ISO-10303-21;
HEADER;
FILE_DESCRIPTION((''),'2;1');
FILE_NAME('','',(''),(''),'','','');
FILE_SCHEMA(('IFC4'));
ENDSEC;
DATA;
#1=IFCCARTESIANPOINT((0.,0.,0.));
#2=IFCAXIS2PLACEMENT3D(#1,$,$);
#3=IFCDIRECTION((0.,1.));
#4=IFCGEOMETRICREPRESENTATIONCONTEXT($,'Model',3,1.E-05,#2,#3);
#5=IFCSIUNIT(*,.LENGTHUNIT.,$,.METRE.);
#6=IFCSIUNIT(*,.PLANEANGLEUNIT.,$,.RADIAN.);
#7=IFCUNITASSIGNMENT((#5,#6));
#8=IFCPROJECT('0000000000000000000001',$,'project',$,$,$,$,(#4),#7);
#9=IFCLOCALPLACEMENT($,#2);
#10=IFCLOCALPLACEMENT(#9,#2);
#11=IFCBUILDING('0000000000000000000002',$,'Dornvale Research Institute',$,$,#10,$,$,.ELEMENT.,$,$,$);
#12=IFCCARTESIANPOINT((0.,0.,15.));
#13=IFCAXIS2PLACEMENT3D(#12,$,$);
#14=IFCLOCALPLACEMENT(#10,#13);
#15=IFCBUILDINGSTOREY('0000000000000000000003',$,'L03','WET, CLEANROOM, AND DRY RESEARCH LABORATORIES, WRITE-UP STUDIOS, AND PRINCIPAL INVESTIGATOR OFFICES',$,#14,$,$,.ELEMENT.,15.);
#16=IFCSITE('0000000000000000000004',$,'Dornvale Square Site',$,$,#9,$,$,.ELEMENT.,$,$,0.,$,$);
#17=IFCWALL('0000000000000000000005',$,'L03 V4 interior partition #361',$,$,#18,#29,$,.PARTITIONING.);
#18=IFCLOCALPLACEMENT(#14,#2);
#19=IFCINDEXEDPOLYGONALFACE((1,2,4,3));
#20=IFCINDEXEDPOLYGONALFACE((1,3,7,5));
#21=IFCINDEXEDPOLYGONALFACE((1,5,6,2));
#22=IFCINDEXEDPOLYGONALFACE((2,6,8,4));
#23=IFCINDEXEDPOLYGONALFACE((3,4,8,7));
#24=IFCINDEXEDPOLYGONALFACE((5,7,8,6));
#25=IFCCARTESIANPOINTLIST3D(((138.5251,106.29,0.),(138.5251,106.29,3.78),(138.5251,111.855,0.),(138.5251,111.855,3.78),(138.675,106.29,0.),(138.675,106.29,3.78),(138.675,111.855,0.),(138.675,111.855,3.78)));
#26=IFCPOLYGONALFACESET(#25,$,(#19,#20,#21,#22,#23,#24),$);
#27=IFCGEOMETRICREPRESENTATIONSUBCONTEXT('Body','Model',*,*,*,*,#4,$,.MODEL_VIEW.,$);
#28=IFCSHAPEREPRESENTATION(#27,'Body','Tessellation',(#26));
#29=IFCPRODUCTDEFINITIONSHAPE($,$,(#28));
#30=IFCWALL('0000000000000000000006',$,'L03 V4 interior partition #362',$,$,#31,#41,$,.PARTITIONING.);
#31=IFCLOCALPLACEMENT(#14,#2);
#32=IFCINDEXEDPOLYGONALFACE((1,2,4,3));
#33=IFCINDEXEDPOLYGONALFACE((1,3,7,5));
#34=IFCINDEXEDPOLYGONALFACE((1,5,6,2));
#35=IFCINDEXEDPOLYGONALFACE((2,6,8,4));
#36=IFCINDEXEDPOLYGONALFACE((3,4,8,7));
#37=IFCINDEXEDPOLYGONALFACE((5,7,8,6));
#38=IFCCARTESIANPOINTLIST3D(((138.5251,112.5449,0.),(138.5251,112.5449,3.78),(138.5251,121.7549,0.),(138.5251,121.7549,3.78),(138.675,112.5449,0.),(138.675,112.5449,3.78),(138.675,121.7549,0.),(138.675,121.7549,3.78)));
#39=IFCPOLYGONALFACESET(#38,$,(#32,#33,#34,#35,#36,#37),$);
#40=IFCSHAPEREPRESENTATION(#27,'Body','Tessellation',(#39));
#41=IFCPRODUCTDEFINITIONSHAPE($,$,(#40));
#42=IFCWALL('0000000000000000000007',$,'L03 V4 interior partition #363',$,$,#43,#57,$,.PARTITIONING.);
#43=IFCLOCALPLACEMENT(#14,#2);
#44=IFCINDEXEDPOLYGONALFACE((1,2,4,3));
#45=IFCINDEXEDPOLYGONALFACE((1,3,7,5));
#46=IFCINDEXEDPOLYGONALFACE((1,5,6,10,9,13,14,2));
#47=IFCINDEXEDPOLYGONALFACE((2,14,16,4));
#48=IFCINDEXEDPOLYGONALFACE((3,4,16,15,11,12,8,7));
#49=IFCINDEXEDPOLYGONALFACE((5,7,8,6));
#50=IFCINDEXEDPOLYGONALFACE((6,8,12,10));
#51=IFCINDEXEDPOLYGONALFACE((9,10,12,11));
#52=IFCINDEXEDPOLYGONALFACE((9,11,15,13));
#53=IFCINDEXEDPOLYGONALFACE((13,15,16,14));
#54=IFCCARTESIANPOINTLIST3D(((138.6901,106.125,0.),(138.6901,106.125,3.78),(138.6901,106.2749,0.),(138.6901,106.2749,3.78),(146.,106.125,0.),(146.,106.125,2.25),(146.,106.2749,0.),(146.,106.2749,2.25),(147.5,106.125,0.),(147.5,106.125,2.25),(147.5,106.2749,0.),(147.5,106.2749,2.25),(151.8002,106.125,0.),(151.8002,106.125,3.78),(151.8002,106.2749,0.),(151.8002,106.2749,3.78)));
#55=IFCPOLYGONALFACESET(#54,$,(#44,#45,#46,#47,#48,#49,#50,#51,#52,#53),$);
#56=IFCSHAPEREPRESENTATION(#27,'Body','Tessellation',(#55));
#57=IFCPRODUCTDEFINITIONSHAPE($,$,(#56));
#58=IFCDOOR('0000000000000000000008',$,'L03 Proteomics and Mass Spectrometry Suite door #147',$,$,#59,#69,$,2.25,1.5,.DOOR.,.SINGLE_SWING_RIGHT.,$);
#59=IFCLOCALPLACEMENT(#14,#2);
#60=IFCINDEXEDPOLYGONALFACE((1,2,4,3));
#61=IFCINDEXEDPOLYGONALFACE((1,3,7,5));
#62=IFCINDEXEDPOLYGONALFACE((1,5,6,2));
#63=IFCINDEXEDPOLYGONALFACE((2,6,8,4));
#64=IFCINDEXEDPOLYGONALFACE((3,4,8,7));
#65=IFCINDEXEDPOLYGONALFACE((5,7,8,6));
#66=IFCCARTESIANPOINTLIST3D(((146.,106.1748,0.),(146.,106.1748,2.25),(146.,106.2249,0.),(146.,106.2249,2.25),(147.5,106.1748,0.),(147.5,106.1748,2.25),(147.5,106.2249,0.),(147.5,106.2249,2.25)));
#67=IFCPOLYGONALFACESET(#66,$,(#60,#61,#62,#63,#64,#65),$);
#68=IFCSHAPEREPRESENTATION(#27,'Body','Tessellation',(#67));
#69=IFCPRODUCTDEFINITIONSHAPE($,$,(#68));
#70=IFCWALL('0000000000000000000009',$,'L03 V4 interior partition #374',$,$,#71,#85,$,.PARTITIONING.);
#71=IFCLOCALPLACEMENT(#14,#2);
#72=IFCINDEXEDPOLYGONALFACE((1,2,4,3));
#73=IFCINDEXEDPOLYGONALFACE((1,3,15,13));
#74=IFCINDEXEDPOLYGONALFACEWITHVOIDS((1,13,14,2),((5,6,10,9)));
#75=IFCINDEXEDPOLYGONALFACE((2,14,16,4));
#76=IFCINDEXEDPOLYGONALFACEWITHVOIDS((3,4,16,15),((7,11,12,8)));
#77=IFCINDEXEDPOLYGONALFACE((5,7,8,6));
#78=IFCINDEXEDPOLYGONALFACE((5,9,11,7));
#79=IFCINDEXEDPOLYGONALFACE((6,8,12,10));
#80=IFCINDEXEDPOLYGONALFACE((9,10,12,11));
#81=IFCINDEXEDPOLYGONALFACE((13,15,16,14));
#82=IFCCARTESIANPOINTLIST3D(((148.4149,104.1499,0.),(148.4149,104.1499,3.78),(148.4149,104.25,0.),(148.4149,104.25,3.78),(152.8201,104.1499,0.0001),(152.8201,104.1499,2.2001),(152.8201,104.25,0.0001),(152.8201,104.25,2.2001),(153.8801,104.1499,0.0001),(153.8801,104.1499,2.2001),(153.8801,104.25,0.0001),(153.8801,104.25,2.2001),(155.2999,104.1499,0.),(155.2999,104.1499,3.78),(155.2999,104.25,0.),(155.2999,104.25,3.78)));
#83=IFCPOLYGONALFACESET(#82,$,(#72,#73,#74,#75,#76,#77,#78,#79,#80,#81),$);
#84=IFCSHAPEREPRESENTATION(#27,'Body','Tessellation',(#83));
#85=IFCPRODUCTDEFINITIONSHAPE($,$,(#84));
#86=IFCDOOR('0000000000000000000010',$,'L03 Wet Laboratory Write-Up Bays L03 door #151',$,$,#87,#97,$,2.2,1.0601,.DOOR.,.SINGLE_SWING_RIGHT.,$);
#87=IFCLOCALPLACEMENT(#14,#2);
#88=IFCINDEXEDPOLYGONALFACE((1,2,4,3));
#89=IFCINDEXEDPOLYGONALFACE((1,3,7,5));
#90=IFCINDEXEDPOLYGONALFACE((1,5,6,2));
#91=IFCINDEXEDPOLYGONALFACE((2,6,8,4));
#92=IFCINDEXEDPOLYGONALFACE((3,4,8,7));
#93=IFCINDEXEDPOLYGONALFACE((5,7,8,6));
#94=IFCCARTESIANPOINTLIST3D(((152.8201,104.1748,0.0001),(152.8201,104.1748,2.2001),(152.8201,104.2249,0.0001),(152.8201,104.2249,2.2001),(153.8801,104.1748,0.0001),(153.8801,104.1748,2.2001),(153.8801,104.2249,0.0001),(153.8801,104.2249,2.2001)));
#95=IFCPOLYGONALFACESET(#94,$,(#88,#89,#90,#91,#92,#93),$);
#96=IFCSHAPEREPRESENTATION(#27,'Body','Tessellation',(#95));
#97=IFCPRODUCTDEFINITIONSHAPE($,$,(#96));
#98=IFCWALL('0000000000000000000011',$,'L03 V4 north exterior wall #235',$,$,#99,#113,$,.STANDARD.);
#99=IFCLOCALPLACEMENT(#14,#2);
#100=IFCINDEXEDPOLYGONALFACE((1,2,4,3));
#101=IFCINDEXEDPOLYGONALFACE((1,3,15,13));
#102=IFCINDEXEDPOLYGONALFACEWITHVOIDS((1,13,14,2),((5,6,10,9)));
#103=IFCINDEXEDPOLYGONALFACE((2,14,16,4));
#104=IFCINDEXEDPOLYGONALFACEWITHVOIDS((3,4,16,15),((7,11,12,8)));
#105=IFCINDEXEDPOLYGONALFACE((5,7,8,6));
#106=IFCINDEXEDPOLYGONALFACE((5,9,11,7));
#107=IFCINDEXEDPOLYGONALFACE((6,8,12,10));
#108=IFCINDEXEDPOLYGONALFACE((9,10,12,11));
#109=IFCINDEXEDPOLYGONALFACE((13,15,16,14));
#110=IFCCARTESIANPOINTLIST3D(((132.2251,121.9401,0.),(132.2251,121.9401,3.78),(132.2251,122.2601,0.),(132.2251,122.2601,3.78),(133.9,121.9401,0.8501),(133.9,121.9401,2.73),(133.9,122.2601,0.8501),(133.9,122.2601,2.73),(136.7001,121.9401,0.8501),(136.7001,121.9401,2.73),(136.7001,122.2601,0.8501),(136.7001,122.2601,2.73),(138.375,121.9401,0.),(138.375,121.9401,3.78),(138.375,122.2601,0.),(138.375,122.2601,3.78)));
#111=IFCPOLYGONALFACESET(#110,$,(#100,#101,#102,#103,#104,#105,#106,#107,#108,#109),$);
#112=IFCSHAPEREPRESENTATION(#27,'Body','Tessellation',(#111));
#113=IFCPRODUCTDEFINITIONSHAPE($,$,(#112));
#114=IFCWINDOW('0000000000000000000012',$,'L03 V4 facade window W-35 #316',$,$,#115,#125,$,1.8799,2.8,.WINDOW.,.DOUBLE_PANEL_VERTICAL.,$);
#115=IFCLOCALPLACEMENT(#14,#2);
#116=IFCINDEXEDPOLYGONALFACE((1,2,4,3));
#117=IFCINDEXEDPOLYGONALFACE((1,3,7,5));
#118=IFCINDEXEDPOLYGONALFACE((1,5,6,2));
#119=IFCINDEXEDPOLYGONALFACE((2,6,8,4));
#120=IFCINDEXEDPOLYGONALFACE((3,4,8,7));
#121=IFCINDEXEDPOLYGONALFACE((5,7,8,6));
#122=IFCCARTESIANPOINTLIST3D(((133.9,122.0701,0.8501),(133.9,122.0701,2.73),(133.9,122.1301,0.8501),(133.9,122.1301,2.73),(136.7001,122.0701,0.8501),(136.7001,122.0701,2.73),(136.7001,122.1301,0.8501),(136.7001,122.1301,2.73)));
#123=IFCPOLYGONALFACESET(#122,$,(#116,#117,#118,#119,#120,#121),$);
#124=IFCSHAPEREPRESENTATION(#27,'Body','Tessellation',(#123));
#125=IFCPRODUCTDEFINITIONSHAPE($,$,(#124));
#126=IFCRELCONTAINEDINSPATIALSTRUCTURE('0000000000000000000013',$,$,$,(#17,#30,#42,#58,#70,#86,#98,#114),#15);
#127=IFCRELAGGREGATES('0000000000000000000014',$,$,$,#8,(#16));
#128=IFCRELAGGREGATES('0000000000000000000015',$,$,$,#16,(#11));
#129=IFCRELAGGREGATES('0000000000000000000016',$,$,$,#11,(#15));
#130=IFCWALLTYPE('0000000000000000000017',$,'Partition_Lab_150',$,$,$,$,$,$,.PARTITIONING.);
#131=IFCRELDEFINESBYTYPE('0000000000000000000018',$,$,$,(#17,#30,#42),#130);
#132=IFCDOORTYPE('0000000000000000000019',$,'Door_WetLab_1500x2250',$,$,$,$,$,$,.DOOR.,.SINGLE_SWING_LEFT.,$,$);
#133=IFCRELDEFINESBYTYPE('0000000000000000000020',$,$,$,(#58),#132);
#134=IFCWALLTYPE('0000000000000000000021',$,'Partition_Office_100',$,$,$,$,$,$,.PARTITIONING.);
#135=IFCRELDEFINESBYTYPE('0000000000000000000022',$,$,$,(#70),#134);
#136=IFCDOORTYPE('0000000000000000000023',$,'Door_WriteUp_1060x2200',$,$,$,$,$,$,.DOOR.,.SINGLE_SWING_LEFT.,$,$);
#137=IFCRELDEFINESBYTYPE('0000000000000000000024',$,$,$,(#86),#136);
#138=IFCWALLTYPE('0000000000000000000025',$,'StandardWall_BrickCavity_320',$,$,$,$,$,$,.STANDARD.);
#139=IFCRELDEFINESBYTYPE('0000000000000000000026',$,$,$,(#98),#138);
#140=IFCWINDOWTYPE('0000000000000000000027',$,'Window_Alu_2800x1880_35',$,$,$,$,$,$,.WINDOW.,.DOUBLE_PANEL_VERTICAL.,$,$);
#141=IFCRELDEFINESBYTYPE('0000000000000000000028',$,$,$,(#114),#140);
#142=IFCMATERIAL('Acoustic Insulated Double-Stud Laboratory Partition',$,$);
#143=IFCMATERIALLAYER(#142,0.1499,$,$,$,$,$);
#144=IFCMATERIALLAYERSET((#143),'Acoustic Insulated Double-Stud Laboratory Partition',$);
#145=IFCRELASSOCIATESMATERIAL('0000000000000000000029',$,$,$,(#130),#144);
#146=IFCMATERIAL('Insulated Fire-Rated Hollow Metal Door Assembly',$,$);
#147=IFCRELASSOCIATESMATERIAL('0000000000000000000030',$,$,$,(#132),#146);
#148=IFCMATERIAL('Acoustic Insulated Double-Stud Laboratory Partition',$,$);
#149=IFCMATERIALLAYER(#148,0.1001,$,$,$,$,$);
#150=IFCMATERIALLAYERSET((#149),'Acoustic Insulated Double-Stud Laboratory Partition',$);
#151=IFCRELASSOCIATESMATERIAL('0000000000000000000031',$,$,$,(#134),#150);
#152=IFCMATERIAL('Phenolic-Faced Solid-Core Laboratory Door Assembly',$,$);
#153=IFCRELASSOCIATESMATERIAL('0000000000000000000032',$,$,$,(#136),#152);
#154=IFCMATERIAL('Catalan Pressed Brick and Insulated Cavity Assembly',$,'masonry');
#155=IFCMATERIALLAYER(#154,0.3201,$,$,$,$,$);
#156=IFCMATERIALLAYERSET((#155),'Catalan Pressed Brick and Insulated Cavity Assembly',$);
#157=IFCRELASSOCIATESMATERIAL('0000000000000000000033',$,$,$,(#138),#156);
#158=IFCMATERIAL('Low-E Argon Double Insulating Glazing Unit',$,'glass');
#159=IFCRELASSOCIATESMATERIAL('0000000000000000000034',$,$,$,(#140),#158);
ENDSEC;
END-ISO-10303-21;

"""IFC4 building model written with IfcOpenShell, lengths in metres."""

from ifc_helpers import new_model, si_unit, direction, frame, frame_2d, origin, place, context, subcontext, project, spatial, rectangle, extrude, material, layer, layer_set, type_object, element, fill, save


model = new_model("IFC4")

# Units and contexts
model_context = context("Model", 3, precision=1e-05, world=origin(), true_north=direction((0.0, 1.0)))
body_context = subcontext(model_context, "Body", "Model", "MODEL_VIEW")
ifc_project = project(units=[si_unit("LENGTHUNIT", "METRE"), si_unit("PLANEANGLEUNIT", "RADIAN")], contexts=[model_context])

# Site, building, storey
site_placement = place(None, origin())
site = spatial("IfcSite", under=ifc_project, at=site_placement, Name="Dornvale Square Site", CompositionType="ELEMENT", RefElevation=0.0)
building_placement = place(site_placement, origin())
building = spatial("IfcBuilding", under=site, at=building_placement, Name="Dornvale Research Institute", CompositionType="ELEMENT")
storey_placement = place(building_placement, frame((0.0, 0.0, 15.0)))
storey = spatial("IfcBuildingStorey", under=building, at=storey_placement, Name="L03", Description="WET, CLEANROOM, AND DRY RESEARCH LABORATORIES, WRITE-UP STUDIOS, AND PRINCIPAL INVESTIGATOR OFFICES", CompositionType="ELEMENT", Elevation=15.0)

# Walls
ifc_material_1 = material(Name="Acoustic Insulated Double-Stud Laboratory Partition")
ifc_layer_1 = layer(ifc_material_1, 0.1499)
ifc_layer_set_1 = layer_set([ifc_layer_1], Name="Acoustic Insulated Double-Stud Laboratory Partition")
wall_type_1 = type_object("IfcWallType", Name="Partition_Lab_150", PredefinedType="PARTITIONING", material=ifc_layer_set_1)
wall_1_placement = place(storey_placement, frame((138.6001, 106.29, 0.0), z_axis=(0.0, 0.0, 1.0), x_axis=(0.0, 1.0, 0.0)))
element("IfcWall", 1, at=wall_1_placement, inside=storey, type_object=wall_type_1, Name="L03 V4 interior partition #361", PredefinedType="PARTITIONING", context=body_context, shape_type="SweptSolid", body=[
    extrude(rectangle(XDim=5.5649, YDim=0.1499, at=frame_2d((2.7825, 0.0))), origin(), (0.0, 0.0, 1.0), 3.78),
])
wall_2_placement = place(storey_placement, frame((138.6001, 112.5449, 0.0), z_axis=(0.0, 0.0, 1.0), x_axis=(0.0, 1.0, 0.0)))
element("IfcWall", 2, at=wall_2_placement, inside=storey, type_object=wall_type_1, Name="L03 V4 interior partition #362", PredefinedType="PARTITIONING", context=body_context, shape_type="SweptSolid", body=[
    extrude(rectangle(XDim=9.21, YDim=0.1499, at=frame_2d((4.605, 0.0))), origin(), (0.0, 0.0, 1.0), 3.78),
])

# Walls, openings, doors
wall_3_placement = place(storey_placement, frame((138.6899, 106.2, 0.0), z_axis=(0.0, 0.0, 1.0), x_axis=(1.0, 0.0, 0.0)))
wall_3 = element("IfcWall", 3, at=wall_3_placement, inside=storey, type_object=wall_type_1, Name="L03 V4 interior partition #363", PredefinedType="PARTITIONING", context=body_context, shape_type="SweptSolid", body=[
    extrude(rectangle(XDim=13.1101, YDim=0.1499, at=frame_2d((6.5552, 0.0))), origin(), (0.0, 0.0, 1.0), 3.78),
])
opening_1_placement = place(wall_3_placement, frame((7.3101, 0.0, 0.0)))
opening_1 = element("IfcOpeningElement", 4, at=opening_1_placement, cuts=wall_3, PredefinedType="OPENING", context=body_context, shape_type="SweptSolid", body=[
    extrude(rectangle(XDim=1.5, YDim=2.25, at=frame_2d((0.75, 1.125))), frame((0.0, 0.0898, 0.0), z_axis=(0.0, -1.0, 0.0), x_axis=(1.0, 0.0, 0.0)), (0.0, 0.0, 1.0), 0.1799),
])
ifc_material_2 = material(Name="Insulated Fire-Rated Hollow Metal Door Assembly")
door_type_1 = type_object("IfcDoorType", Name="Door_WetLab_1500x2250", OperationType="SINGLE_SWING_LEFT", PredefinedType="DOOR", material=ifc_material_2)
door_1_placement = place(opening_1_placement, origin())
door_1 = element("IfcDoor", 5, at=door_1_placement, inside=storey, type_object=door_type_1, Name="L03 Proteomics and Mass Spectrometry Suite door #147", OperationType="SINGLE_SWING_RIGHT", OverallHeight=2.25, OverallWidth=1.5, PredefinedType="DOOR", context=body_context, shape_type="SweptSolid", body=[
    extrude(rectangle(XDim=1.5, YDim=2.25, at=frame_2d((0.75, 1.125))), frame((0.0, 0.0249, 0.0), z_axis=(0.0, -1.0, 0.0), x_axis=(1.0, 0.0, 0.0)), (0.0, 0.0, 1.0), 0.05),
])
fill(opening_1, door_1)
ifc_material_3 = material(Name="Acoustic Insulated Double-Stud Laboratory Partition")
ifc_layer_2 = layer(ifc_material_3, 0.1001)
ifc_layer_set_2 = layer_set([ifc_layer_2], Name="Acoustic Insulated Double-Stud Laboratory Partition")
wall_type_2 = type_object("IfcWallType", Name="Partition_Office_100", PredefinedType="PARTITIONING", material=ifc_layer_set_2)
wall_4_placement = place(storey_placement, frame((148.415, 104.2, 0.0), z_axis=(0.0, 0.0, 1.0), x_axis=(1.0, 0.0, 0.0)))
wall_4 = element("IfcWall", 6, at=wall_4_placement, inside=storey, type_object=wall_type_2, Name="L03 V4 interior partition #374", PredefinedType="PARTITIONING", context=body_context, shape_type="SweptSolid", body=[
    extrude(rectangle(XDim=6.885, YDim=0.1001, at=frame_2d((3.4424, 0.0))), origin(), (0.0, 0.0, 1.0), 3.78),
])
opening_2_placement = place(wall_4_placement, frame((4.405, 0.0, 0.0)))
opening_2 = element("IfcOpeningElement", 7, at=opening_2_placement, cuts=wall_4, PredefinedType="OPENING", context=body_context, shape_type="SweptSolid", body=[
    extrude(rectangle(XDim=1.0601, YDim=2.2, at=frame_2d((0.53, 1.1001))), frame((0.0, 0.0649, 0.0), z_axis=(0.0, -1.0, 0.0), x_axis=(1.0, 0.0, 0.0)), (0.0, 0.0, 1.0), 0.1301),
])
ifc_material_4 = material(Name="Phenolic-Faced Solid-Core Laboratory Door Assembly")
door_type_2 = type_object("IfcDoorType", Name="Door_WriteUp_1060x2200", OperationType="SINGLE_SWING_LEFT", PredefinedType="DOOR", material=ifc_material_4)
door_2_placement = place(opening_2_placement, origin())
door_2 = element("IfcDoor", 8, at=door_2_placement, inside=storey, type_object=door_type_2, Name="L03 Wet Laboratory Write-Up Bays L03 door #151", OperationType="SINGLE_SWING_RIGHT", OverallHeight=2.2, OverallWidth=1.0601, PredefinedType="DOOR", context=body_context, shape_type="SweptSolid", body=[
    extrude(rectangle(XDim=1.0601, YDim=2.2, at=frame_2d((0.53, 1.1001))), frame((0.0, 0.0249, 0.0), z_axis=(0.0, -1.0, 0.0), x_axis=(1.0, 0.0, 0.0)), (0.0, 0.0, 1.0), 0.05),
])
fill(opening_2, door_2)

# Wall, opening, window
ifc_material_5 = material(Name="Catalan Pressed Brick and Insulated Cavity Assembly", Category="masonry")
ifc_layer_3 = layer(ifc_material_5, 0.3201)
ifc_layer_set_3 = layer_set([ifc_layer_3], Name="Catalan Pressed Brick and Insulated Cavity Assembly")
wall_type_3 = type_object("IfcWallType", Name="StandardWall_BrickCavity_320", PredefinedType="STANDARD", material=ifc_layer_set_3)
wall_5_placement = place(storey_placement, frame((132.2251, 122.1001, 0.0), z_axis=(0.0, 0.0, 1.0), x_axis=(1.0, 0.0, 0.0)))
wall_5 = element("IfcWall", 9, at=wall_5_placement, inside=storey, type_object=wall_type_3, Name="L03 V4 north exterior wall #235", PredefinedType="STANDARD", context=body_context, shape_type="SweptSolid", body=[
    extrude(rectangle(XDim=6.1499, YDim=0.3201, at=frame_2d((3.075, 0.0))), origin(), (0.0, 0.0, 1.0), 3.78),
])
opening_3_placement = place(wall_5_placement, frame((1.675, 0.0, 0.8501)))
opening_3 = element("IfcOpeningElement", 10, at=opening_3_placement, cuts=wall_5, PredefinedType="OPENING", context=body_context, shape_type="SweptSolid", body=[
    extrude(rectangle(XDim=2.8, YDim=1.8799, at=frame_2d((1.3999, 0.9399))), frame((0.0, 0.175, 0.0), z_axis=(0.0, -1.0, 0.0), x_axis=(1.0, 0.0, 0.0)), (0.0, 0.0, 1.0), 0.3501),
])
ifc_material_6 = material(Name="Low-E Argon Double Insulating Glazing Unit", Category="glass")
window_type = type_object("IfcWindowType", Name="Window_Alu_2800x1880_35", PartitioningType="DOUBLE_PANEL_VERTICAL", PredefinedType="WINDOW", material=ifc_material_6)
window_placement = place(opening_3_placement, origin())
window = element("IfcWindow", 11, at=window_placement, inside=storey, type_object=window_type, Name="L03 V4 facade window W-35 #316", OverallHeight=1.8799, OverallWidth=2.8, PartitioningType="DOUBLE_PANEL_VERTICAL", PredefinedType="WINDOW", context=body_context, shape_type="SweptSolid", body=[
    extrude(rectangle(XDim=2.8, YDim=1.8799, at=frame_2d((1.3999, 0.9399))), frame((0.0, 0.03, 0.0), z_axis=(0.0, -1.0, 0.0), x_axis=(1.0, 0.0, 0.0)), (0.0, 0.0, 1.0), 0.0601),
])
fill(opening_3, window)

save(model, "model.ifc")
